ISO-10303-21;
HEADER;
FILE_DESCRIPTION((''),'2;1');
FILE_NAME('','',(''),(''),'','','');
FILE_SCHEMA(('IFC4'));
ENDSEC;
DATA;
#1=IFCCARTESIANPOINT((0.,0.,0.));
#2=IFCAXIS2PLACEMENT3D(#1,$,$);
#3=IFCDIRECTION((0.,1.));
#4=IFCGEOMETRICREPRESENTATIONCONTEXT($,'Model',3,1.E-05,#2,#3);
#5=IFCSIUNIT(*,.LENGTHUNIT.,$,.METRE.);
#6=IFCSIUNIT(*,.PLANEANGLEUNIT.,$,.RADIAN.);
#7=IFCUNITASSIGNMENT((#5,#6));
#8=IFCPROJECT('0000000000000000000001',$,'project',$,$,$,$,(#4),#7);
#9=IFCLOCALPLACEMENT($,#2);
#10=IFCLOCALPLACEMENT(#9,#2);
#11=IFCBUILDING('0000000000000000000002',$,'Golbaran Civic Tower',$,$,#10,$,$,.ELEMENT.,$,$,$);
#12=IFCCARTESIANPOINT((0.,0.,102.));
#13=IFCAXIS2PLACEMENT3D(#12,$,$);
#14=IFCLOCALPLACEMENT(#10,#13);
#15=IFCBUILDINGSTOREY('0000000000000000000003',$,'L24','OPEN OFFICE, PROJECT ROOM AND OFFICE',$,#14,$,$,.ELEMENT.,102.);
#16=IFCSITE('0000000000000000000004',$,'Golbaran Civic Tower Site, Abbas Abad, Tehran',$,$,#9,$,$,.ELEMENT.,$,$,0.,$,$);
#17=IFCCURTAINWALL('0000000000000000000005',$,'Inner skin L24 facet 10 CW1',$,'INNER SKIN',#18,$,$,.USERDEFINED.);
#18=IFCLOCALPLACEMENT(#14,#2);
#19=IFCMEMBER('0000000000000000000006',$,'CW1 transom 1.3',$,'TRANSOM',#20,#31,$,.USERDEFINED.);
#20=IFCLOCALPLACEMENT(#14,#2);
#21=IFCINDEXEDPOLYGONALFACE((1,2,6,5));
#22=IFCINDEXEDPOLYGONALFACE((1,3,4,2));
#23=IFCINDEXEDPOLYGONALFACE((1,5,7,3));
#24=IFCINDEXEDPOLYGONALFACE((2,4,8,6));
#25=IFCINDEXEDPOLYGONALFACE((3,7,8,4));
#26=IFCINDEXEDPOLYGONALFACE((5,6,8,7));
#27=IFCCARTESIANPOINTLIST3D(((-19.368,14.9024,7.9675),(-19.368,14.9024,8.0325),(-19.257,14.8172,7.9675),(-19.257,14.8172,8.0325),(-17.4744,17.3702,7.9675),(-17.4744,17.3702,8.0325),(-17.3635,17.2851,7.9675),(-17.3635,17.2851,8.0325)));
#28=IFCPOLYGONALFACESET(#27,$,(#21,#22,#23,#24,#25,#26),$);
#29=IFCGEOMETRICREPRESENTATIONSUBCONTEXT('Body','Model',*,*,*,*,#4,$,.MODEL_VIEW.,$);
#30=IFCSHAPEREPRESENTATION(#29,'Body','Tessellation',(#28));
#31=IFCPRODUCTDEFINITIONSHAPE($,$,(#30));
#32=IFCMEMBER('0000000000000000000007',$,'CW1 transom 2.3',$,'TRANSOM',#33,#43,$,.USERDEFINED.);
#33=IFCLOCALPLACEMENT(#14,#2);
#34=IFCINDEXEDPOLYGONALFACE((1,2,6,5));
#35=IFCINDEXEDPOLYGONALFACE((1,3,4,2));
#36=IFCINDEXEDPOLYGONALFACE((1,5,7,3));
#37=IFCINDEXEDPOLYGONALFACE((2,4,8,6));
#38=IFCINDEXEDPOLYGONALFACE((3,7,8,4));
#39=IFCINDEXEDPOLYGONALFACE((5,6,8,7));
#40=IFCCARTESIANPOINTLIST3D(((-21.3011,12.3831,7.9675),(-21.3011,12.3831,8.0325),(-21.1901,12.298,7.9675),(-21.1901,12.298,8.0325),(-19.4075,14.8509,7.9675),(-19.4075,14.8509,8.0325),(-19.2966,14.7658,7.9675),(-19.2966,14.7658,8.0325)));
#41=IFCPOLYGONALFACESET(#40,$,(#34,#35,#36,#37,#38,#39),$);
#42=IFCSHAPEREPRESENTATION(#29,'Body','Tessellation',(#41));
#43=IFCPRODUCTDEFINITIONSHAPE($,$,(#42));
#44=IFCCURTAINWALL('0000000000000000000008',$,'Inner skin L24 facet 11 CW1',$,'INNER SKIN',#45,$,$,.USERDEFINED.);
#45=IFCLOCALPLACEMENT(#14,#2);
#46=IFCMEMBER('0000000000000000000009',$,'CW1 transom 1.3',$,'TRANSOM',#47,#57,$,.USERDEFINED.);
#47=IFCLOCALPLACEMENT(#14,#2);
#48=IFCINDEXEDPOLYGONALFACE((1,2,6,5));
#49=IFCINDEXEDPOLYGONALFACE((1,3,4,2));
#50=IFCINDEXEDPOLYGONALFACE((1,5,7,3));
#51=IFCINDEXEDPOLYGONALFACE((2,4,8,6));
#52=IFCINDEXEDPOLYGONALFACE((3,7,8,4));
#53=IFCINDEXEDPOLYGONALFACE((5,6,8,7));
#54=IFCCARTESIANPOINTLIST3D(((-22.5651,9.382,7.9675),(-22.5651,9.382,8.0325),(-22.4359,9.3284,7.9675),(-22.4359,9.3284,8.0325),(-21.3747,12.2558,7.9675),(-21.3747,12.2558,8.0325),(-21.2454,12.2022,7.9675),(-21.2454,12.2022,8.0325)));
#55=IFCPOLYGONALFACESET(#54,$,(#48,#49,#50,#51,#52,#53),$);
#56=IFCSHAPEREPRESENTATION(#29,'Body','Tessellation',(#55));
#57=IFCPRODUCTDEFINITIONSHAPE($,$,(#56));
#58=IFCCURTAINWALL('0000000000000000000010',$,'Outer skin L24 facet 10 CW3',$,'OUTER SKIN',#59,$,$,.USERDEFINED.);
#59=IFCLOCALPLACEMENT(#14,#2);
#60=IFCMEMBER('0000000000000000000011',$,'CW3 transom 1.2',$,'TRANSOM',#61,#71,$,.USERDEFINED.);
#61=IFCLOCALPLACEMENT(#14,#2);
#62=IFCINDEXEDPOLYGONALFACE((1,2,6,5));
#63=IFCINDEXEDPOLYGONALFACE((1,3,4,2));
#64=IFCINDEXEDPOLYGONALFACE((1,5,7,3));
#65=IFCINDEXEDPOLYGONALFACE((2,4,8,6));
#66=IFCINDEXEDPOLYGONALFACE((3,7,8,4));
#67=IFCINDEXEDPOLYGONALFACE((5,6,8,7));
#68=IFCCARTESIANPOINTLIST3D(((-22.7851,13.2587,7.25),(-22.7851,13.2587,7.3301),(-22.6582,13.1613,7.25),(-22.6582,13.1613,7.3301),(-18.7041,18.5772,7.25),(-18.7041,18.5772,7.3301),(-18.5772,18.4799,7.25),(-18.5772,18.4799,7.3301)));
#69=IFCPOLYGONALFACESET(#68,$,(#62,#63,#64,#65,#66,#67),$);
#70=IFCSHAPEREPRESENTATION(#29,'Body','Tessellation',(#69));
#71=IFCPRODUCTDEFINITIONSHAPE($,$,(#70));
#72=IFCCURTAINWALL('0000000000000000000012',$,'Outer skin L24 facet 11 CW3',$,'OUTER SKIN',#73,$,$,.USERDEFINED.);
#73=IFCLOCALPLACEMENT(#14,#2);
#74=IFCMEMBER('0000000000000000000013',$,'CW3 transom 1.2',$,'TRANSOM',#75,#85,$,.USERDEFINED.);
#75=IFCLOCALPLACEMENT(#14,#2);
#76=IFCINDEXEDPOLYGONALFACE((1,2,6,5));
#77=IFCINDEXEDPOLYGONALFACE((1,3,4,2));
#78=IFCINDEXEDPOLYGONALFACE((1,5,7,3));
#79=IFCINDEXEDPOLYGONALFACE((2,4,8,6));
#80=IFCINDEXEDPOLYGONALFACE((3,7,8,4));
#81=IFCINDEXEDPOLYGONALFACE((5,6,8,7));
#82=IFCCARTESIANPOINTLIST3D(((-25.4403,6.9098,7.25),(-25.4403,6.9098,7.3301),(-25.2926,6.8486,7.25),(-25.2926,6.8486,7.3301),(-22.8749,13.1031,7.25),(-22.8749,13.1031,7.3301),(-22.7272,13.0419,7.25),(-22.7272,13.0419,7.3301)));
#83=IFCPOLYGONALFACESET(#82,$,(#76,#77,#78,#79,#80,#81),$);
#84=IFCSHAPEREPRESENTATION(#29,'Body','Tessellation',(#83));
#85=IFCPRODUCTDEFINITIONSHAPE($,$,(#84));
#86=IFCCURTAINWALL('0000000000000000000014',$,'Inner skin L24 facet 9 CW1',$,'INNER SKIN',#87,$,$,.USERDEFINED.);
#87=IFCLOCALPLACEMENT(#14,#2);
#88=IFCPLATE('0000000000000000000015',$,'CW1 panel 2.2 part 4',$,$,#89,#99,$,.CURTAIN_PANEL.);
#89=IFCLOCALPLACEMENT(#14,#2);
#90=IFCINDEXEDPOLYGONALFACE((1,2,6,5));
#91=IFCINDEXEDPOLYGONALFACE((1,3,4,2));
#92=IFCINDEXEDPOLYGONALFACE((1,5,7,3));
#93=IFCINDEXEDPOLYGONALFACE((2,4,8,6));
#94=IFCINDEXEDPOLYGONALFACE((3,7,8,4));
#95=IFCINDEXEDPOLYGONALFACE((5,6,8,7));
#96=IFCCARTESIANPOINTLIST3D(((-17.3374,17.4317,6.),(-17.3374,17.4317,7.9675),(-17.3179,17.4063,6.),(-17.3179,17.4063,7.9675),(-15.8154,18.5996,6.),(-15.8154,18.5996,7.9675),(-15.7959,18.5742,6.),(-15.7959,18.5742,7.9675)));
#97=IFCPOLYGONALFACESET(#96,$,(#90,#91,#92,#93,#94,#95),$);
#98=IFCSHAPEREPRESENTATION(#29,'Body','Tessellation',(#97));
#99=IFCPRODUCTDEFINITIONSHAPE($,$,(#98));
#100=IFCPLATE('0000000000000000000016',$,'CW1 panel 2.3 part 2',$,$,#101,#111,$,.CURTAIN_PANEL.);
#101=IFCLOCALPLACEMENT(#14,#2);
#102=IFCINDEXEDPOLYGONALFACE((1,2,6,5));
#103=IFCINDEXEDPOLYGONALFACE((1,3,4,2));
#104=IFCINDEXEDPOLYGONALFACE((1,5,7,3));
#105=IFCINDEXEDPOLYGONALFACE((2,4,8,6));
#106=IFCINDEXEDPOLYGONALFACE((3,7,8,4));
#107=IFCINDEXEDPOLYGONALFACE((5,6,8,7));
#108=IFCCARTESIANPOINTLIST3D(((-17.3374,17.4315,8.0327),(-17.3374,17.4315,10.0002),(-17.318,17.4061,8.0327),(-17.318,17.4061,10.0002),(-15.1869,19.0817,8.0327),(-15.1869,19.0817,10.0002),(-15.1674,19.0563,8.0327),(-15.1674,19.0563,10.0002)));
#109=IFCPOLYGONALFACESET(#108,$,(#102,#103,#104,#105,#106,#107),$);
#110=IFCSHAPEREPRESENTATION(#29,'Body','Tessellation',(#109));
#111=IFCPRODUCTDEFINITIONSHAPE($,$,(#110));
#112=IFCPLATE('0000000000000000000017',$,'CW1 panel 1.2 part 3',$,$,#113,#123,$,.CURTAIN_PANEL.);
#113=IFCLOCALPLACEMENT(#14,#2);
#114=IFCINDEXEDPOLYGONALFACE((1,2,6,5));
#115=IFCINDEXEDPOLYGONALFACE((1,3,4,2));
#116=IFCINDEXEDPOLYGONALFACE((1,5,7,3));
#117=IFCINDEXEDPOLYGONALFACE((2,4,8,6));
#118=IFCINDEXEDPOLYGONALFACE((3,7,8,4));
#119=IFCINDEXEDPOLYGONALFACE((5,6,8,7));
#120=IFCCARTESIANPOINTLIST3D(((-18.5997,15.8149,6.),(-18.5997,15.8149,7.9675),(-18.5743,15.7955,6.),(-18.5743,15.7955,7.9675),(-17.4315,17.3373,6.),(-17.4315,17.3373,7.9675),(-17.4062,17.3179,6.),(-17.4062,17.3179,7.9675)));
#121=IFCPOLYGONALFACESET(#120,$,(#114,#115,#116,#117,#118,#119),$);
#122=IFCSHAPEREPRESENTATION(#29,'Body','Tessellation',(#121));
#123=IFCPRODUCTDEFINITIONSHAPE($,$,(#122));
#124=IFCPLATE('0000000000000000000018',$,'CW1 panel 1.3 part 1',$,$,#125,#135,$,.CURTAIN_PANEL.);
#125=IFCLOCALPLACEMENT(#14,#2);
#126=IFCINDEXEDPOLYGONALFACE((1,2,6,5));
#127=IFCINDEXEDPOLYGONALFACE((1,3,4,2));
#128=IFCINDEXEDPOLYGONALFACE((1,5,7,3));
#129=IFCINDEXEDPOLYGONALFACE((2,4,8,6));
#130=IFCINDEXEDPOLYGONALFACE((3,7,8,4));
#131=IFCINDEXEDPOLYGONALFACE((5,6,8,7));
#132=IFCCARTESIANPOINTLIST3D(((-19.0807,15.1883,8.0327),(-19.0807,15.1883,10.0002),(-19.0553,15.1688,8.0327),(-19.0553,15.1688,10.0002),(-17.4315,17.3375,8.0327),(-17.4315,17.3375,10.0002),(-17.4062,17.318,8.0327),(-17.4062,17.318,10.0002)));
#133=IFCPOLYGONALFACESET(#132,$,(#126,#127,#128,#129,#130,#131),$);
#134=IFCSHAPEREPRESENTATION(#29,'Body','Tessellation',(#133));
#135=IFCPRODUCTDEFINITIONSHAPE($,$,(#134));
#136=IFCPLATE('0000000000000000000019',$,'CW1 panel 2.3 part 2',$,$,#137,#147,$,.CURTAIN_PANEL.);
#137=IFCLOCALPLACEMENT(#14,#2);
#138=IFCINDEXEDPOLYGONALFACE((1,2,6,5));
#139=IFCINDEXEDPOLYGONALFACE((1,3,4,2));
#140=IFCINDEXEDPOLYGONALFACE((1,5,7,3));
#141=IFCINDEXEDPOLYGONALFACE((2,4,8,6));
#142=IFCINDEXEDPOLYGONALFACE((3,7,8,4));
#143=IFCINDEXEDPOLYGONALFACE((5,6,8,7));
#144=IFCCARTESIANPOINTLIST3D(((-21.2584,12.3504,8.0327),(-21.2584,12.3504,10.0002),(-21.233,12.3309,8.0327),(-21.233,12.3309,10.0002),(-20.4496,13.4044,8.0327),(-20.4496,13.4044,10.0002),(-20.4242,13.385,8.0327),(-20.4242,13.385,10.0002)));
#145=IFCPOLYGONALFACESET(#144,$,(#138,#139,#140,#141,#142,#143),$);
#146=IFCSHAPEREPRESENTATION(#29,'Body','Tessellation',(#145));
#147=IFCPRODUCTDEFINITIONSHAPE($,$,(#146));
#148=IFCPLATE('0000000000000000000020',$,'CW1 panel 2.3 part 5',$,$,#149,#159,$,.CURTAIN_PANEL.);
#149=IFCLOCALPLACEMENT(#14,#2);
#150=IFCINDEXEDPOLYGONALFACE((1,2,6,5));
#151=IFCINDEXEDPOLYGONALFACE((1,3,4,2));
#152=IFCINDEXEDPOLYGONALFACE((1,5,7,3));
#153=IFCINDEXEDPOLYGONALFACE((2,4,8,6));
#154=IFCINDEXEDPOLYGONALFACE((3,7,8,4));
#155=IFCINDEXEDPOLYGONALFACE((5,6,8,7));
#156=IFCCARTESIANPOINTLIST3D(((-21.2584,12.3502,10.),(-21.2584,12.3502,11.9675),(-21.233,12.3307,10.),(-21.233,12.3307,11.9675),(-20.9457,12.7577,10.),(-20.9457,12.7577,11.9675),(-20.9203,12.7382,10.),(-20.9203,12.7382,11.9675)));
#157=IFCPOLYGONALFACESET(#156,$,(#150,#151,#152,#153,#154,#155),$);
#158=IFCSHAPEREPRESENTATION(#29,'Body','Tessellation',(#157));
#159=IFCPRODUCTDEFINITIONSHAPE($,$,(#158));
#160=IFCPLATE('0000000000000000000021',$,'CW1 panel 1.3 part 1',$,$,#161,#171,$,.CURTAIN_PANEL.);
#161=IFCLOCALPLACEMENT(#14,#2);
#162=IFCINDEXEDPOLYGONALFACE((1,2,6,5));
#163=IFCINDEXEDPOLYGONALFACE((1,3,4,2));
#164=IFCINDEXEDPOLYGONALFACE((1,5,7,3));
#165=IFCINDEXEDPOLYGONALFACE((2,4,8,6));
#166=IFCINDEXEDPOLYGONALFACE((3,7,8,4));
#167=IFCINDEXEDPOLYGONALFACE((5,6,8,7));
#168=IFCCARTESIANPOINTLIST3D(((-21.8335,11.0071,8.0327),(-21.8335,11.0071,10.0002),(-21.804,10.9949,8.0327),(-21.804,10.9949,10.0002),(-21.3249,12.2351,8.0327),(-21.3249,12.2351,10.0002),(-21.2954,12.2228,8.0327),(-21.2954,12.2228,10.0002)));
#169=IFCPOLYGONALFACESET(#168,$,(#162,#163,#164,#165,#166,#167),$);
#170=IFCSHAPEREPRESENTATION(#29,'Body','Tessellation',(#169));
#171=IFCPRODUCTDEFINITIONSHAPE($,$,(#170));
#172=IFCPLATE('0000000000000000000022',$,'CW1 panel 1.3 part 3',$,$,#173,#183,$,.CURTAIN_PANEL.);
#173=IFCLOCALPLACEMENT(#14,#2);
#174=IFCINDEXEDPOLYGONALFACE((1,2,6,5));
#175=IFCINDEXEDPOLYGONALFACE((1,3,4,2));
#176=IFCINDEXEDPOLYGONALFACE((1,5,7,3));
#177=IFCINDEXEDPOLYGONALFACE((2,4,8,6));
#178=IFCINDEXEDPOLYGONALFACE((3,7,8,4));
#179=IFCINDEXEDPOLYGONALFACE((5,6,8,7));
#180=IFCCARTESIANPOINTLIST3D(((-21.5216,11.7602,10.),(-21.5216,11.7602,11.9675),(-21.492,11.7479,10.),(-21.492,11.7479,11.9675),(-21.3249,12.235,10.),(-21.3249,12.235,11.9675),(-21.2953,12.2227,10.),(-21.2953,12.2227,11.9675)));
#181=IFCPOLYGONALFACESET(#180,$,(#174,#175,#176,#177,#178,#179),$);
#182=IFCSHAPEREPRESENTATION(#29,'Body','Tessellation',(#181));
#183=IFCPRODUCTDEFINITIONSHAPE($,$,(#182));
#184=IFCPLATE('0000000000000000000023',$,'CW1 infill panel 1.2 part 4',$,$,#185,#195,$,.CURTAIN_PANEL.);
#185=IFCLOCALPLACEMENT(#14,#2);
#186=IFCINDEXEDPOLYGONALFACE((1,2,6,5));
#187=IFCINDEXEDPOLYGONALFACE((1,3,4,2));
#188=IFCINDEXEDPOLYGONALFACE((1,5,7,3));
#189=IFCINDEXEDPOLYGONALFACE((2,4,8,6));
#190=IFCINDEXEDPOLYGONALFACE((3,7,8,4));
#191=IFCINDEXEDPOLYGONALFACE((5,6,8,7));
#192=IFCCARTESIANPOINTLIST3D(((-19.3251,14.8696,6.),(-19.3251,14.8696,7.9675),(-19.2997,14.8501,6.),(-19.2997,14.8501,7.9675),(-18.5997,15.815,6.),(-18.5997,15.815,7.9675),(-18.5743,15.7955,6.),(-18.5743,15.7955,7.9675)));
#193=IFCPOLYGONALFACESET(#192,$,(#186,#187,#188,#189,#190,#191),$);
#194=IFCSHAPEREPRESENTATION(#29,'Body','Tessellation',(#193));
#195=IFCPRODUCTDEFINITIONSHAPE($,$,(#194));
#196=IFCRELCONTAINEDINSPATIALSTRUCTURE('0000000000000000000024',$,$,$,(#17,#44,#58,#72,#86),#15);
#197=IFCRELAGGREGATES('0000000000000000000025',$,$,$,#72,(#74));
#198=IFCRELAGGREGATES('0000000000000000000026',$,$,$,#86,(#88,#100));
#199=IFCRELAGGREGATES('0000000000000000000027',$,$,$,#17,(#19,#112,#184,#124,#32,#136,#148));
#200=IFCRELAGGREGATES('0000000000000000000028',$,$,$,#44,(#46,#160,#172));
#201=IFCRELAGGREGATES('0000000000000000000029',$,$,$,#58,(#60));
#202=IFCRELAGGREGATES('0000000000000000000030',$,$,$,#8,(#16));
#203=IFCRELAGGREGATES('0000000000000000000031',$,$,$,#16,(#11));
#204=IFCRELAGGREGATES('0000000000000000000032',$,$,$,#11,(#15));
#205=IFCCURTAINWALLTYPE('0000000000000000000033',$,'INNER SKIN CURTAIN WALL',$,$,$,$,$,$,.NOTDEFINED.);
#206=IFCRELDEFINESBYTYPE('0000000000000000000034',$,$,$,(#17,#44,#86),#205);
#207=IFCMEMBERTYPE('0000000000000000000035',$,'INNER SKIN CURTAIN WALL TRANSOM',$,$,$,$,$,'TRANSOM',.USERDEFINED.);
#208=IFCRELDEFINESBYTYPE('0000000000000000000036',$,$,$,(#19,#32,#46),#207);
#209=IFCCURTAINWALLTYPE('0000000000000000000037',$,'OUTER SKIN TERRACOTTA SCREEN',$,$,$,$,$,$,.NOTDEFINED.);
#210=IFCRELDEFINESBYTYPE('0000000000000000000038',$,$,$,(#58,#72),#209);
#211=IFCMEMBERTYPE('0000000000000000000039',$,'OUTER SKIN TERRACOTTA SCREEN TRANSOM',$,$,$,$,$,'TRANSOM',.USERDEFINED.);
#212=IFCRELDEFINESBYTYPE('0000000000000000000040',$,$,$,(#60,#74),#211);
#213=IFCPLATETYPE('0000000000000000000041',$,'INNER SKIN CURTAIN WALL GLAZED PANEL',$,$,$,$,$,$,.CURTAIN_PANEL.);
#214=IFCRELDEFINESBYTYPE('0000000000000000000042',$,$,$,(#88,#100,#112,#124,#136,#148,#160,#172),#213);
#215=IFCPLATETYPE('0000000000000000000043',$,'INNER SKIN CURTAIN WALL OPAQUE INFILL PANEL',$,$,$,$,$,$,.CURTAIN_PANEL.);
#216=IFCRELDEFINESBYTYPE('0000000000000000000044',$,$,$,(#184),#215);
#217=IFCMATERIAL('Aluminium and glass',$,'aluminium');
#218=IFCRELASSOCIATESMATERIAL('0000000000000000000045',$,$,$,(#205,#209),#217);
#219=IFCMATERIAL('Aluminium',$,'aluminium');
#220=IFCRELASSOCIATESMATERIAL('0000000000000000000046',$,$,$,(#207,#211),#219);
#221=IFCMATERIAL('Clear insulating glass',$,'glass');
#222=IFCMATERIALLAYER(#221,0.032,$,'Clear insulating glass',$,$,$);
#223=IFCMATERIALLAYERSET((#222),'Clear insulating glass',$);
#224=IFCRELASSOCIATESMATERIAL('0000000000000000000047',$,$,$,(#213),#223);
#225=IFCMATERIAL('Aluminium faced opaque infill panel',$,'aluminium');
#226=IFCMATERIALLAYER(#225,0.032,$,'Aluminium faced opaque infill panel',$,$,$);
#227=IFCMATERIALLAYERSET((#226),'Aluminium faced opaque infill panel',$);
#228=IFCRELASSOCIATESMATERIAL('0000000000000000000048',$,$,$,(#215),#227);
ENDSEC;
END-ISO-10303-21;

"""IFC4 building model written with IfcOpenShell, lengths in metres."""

from ifc_helpers import new_model, si_unit, direction, frame, origin, origin_2d, place, context, subcontext, project, spatial, rectangle, extrude, material, layer, layer_set, material_profile, profile_set, type_object, element, aggregate, save


model = new_model("IFC4")

# Units and contexts
model_context = context("Model", 3, precision=1e-05, world=origin(), true_north=direction((0.0, 1.0)))
body_context = subcontext(model_context, "Body", "Model", "MODEL_VIEW")
ifc_project = project(units=[si_unit("LENGTHUNIT", "METRE"), si_unit("PLANEANGLEUNIT", "RADIAN")], contexts=[model_context])

# Site, building, storey
site_placement = place(None, origin())
site = spatial("IfcSite", under=ifc_project, at=site_placement, Name="Golbaran Civic Tower Site, Abbas Abad, Tehran", CompositionType="ELEMENT", RefElevation=0.0)
building_placement = place(site_placement, origin())
building = spatial("IfcBuilding", under=site, at=building_placement, Name="Golbaran Civic Tower", CompositionType="ELEMENT")
storey_placement = place(building_placement, frame((0.0, 0.0, 102.0)))
storey = spatial("IfcBuildingStorey", under=building, at=storey_placement, Name="L24", Description="OPEN OFFICE, PROJECT ROOM AND OFFICE", CompositionType="ELEMENT", Elevation=102.0)

# Curtain wall, members
ifc_material_1 = material(Name="Aluminium and glass", Category="aluminium")
curtain_wall_type_1 = type_object("IfcCurtainWallType", Name="INNER SKIN CURTAIN WALL", PredefinedType="NOTDEFINED", material=ifc_material_1)
curtain_wall_1_placement = place(storey_placement, origin())
curtain_wall_1 = element("IfcCurtainWall", 1, at=curtain_wall_1_placement, inside=storey, type_object=curtain_wall_type_1, Name="Inner skin L24 facet 10 CW1", ObjectType="INNER SKIN", PredefinedType="USERDEFINED")
ifc_material_2 = material(Name="Aluminium", Category="aluminium")
ifc_material_profile_1 = material_profile(ifc_material_2, rectangle(XDim=0.1399, YDim=0.0649, at=origin_2d()), Name="INNER SKIN CURTAIN WALL TRANSOM")
ifc_profile_set_1 = profile_set([ifc_material_profile_1], Name="Aluminium")
member_type_1 = type_object("IfcMemberType", Name="INNER SKIN CURTAIN WALL TRANSOM", ElementType="TRANSOM", PredefinedType="USERDEFINED", material=ifc_profile_set_1)
member_1_placement = place(storey_placement, frame((-17.4189, 17.3276, 8.0), z_axis=(-0.608754, -0.793359, 0.0), x_axis=(0.793359, -0.608754, 0.0)))
member_1 = element("IfcMember", 2, at=member_1_placement, type_object=member_type_1, Name="CW1 transom 1.3", ObjectType="TRANSOM", PredefinedType="USERDEFINED", context=body_context, shape_type="SweptSolid", body=[
    extrude(rectangle(XDim=0.1399, YDim=0.0649, at=origin_2d()), origin(), (0.0, 0.0, 1.0), 3.1106),
])
member_2_placement = place(storey_placement, frame((-19.3521, 14.8083, 8.0), z_axis=(-0.608754, -0.793359, 0.0), x_axis=(0.793359, -0.608754, 0.0)))
member_2 = element("IfcMember", 3, at=member_2_placement, type_object=member_type_1, Name="CW1 transom 2.3", ObjectType="TRANSOM", PredefinedType="USERDEFINED", context=body_context, shape_type="SweptSolid", body=[
    extrude(rectangle(XDim=0.1399, YDim=0.0649, at=origin_2d()), origin(), (0.0, 0.0, 1.0), 3.1106),
])

# Curtain walls, members
curtain_wall_2_placement = place(storey_placement, origin())
curtain_wall_2 = element("IfcCurtainWall", 4, at=curtain_wall_2_placement, inside=storey, type_object=curtain_wall_type_1, Name="Inner skin L24 facet 11 CW1", ObjectType="INNER SKIN", PredefinedType="USERDEFINED")
member_3_placement = place(storey_placement, frame((-21.3101, 12.229, 8.0), z_axis=(-0.382703, -0.923871, 0.0), x_axis=(0.923871, -0.382703, 0.0)))
member_3 = element("IfcMember", 5, at=member_3_placement, type_object=member_type_1, Name="CW1 transom 1.3", ObjectType="TRANSOM", PredefinedType="USERDEFINED", context=body_context, shape_type="SweptSolid", body=[
    extrude(rectangle(XDim=0.1399, YDim=0.0649, at=origin_2d()), origin(), (0.0, 0.0, 1.0), 3.1106),
])
curtain_wall_type_2 = type_object("IfcCurtainWallType", Name="OUTER SKIN TERRACOTTA SCREEN", PredefinedType="NOTDEFINED", material=ifc_material_1)
curtain_wall_3_placement = place(storey_placement, origin())
curtain_wall_3 = element("IfcCurtainWall", 6, at=curtain_wall_3_placement, inside=storey, type_object=curtain_wall_type_2, Name="Outer skin L24 facet 10 CW3", ObjectType="OUTER SKIN", PredefinedType="USERDEFINED")
ifc_material_profile_2 = material_profile(ifc_material_2, rectangle(XDim=0.1599, YDim=0.0801, at=origin_2d()), Name="OUTER SKIN TERRACOTTA SCREEN TRANSOM")
ifc_profile_set_2 = profile_set([ifc_material_profile_2], Name="Aluminium")
member_type_2 = type_object("IfcMemberType", Name="OUTER SKIN TERRACOTTA SCREEN TRANSOM", ElementType="TRANSOM", PredefinedType="USERDEFINED", material=ifc_profile_set_2)
member_4_placement = place(storey_placement, frame((-18.6406, 18.5286, 7.29), z_axis=(-0.608756, -0.793357, 0.0), x_axis=(0.793357, -0.608756, 0.0)))
member_4 = element("IfcMember", 7, at=member_4_placement, type_object=member_type_2, Name="CW3 transom 1.2", ObjectType="TRANSOM", PredefinedType="USERDEFINED", context=body_context, shape_type="SweptSolid", body=[
    extrude(rectangle(XDim=0.1599, YDim=0.0801, at=origin_2d()), origin(), (0.0, 0.0, 1.0), 6.7039),
])
curtain_wall_4_placement = place(storey_placement, origin())
curtain_wall_4 = element("IfcCurtainWall", 8, at=curtain_wall_4_placement, inside=storey, type_object=curtain_wall_type_2, Name="Outer skin L24 facet 11 CW3", ObjectType="OUTER SKIN", PredefinedType="USERDEFINED")
member_5_placement = place(storey_placement, frame((-22.801, 13.0725, 7.29), z_axis=(-0.382691, -0.923877, 0.0), x_axis=(0.923877, -0.382691, 0.0)))
member_5 = element("IfcMember", 9, at=member_5_placement, type_object=member_type_2, Name="CW3 transom 1.2", ObjectType="TRANSOM", PredefinedType="USERDEFINED", context=body_context, shape_type="SweptSolid", body=[
    extrude(rectangle(XDim=0.1599, YDim=0.0801, at=origin_2d()), origin(), (0.0, 0.0, 1.0), 6.7036),
])
aggregate(curtain_wall_4, [member_5])

# Curtain wall, plates
curtain_wall_5_placement = place(storey_placement, origin())
curtain_wall_5 = element("IfcCurtainWall", 10, at=curtain_wall_5_placement, inside=storey, type_object=curtain_wall_type_1, Name="Inner skin L24 facet 9 CW1", ObjectType="INNER SKIN", PredefinedType="USERDEFINED")
ifc_material_3 = material(Name="Clear insulating glass", Category="glass")
ifc_layer_1 = layer(ifc_material_3, 0.032, Name="Clear insulating glass")
ifc_layer_set_1 = layer_set([ifc_layer_1], Name="Clear insulating glass")
plate_type_1 = type_object("IfcPlateType", Name="INNER SKIN CURTAIN WALL GLAZED PANEL", PredefinedType="CURTAIN_PANEL", material=ifc_layer_set_1)
plate_1_placement = place(storey_placement, frame((-16.5667, 18.0029, 6.0), z_axis=(0.0, 0.0, 1.0), x_axis=(-0.793353, -0.608761, 0.0)))
plate_1 = element("IfcPlate", 11, at=plate_1_placement, type_object=plate_type_1, Name="CW1 panel 2.2 part 4", PredefinedType="CURTAIN_PANEL", context=body_context, shape_type="SweptSolid", body=[
    extrude(rectangle(XDim=1.9185, YDim=0.032, at=origin_2d()), origin(), (0.0, 0.0, 1.0), 1.9675),
])
plate_2_placement = place(storey_placement, frame((-16.2524, 18.2439, 8.0327), z_axis=(0.0, 0.0, 1.0), x_axis=(-0.793353, -0.608761, 0.0)))
plate_2 = element("IfcPlate", 12, at=plate_2_placement, type_object=plate_type_1, Name="CW1 panel 2.3 part 2", PredefinedType="CURTAIN_PANEL", context=body_context, shape_type="SweptSolid", body=[
    extrude(rectangle(XDim=2.7107, YDim=0.032, at=origin_2d()), origin(), (0.0, 0.0, 1.0), 1.9675),
])
aggregate(curtain_wall_5, [plate_1, plate_2])

# Plates
plate_3_placement = place(storey_placement, frame((-18.0029, 16.5664, 6.0), z_axis=(0.0, 0.0, 1.0), x_axis=(-0.608761, -0.793353, 0.0)))
plate_3 = element("IfcPlate", 13, at=plate_3_placement, type_object=plate_type_1, Name="CW1 panel 1.2 part 3", PredefinedType="CURTAIN_PANEL", context=body_context, shape_type="SweptSolid", body=[
    extrude(rectangle(XDim=1.9189, YDim=0.032, at=origin_2d()), origin(), (0.0, 0.0, 1.0), 1.9675),
])
plate_4_placement = place(storey_placement, frame((-18.2434, 16.2532, 8.0327), z_axis=(0.0, 0.0, 1.0), x_axis=(-0.608761, -0.793353, 0.0)))
plate_4 = element("IfcPlate", 14, at=plate_4_placement, type_object=plate_type_1, Name="CW1 panel 1.3 part 1", PredefinedType="CURTAIN_PANEL", context=body_context, shape_type="SweptSolid", body=[
    extrude(rectangle(XDim=2.709, YDim=0.032, at=origin_2d()), origin(), (0.0, 0.0, 1.0), 1.9675),
])
plate_5_placement = place(storey_placement, frame((-20.8413, 12.8677, 8.0327), z_axis=(0.0, 0.0, 1.0), x_axis=(-0.608761, -0.793353, 0.0)))
plate_5 = element("IfcPlate", 15, at=plate_5_placement, type_object=plate_type_1, Name="CW1 panel 2.3 part 2", PredefinedType="CURTAIN_PANEL", context=body_context, shape_type="SweptSolid", body=[
    extrude(rectangle(XDim=1.3286, YDim=0.032, at=origin_2d()), origin(), (0.0, 0.0, 1.0), 1.9675),
])
plate_6_placement = place(storey_placement, frame((-21.0894, 12.5442, 10.0), z_axis=(0.0, 0.0, 1.0), x_axis=(-0.608761, -0.793353, 0.0)))
plate_6 = element("IfcPlate", 16, at=plate_6_placement, type_object=plate_type_1, Name="CW1 panel 2.3 part 5", PredefinedType="CURTAIN_PANEL", context=body_context, shape_type="SweptSolid", body=[
    extrude(rectangle(XDim=0.5137, YDim=0.032, at=origin_2d()), origin(), (0.0, 0.0, 1.0), 1.9675),
])
plate_7_placement = place(storey_placement, frame((-21.5645, 11.615, 8.0327), z_axis=(0.0, 0.0, 1.0), x_axis=(-0.382683, -0.92388, 0.0)))
plate_7 = element("IfcPlate", 17, at=plate_7_placement, type_object=plate_type_1, Name="CW1 panel 1.3 part 1", PredefinedType="CURTAIN_PANEL", context=body_context, shape_type="SweptSolid", body=[
    extrude(rectangle(XDim=1.3291, YDim=0.032, at=origin_2d()), origin(), (0.0, 0.0, 1.0), 1.9675),
])
plate_8_placement = place(storey_placement, frame((-21.4084, 11.9915, 10.0), z_axis=(0.0, 0.0, 1.0), x_axis=(-0.382683, -0.92388, 0.0)))
plate_8 = element("IfcPlate", 18, at=plate_8_placement, type_object=plate_type_1, Name="CW1 panel 1.3 part 3", PredefinedType="CURTAIN_PANEL", context=body_context, shape_type="SweptSolid", body=[
    extrude(rectangle(XDim=0.5139, YDim=0.032, at=origin_2d()), origin(), (0.0, 0.0, 1.0), 1.9675),
])
ifc_material_4 = material(Name="Aluminium faced opaque infill panel", Category="aluminium")
ifc_layer_2 = layer(ifc_material_4, 0.032, Name="Aluminium faced opaque infill panel")
ifc_layer_set_2 = layer_set([ifc_layer_2], Name="Aluminium faced opaque infill panel")
plate_type_2 = type_object("IfcPlateType", Name="INNER SKIN CURTAIN WALL OPAQUE INFILL PANEL", PredefinedType="CURTAIN_PANEL", material=ifc_layer_set_2)
plate_9_placement = place(storey_placement, frame((-18.9497, 15.3325, 6.0), z_axis=(0.0, 0.0, 1.0), x_axis=(-0.608761, -0.793353, 0.0)))
plate_9 = element("IfcPlate", 19, at=plate_9_placement, type_object=plate_type_2, Name="CW1 infill panel 1.2 part 4", PredefinedType="CURTAIN_PANEL", context=body_context, shape_type="SweptSolid", body=[
    extrude(rectangle(XDim=1.1917, YDim=0.032, at=origin_2d()), origin(), (0.0, 0.0, 1.0), 1.9675),
])
aggregate(curtain_wall_1, [member_1, plate_3, plate_9, plate_4, member_2, plate_5, plate_6])
aggregate(curtain_wall_2, [member_3, plate_7, plate_8])
aggregate(curtain_wall_3, [member_4])

save(model, "model.ifc")
